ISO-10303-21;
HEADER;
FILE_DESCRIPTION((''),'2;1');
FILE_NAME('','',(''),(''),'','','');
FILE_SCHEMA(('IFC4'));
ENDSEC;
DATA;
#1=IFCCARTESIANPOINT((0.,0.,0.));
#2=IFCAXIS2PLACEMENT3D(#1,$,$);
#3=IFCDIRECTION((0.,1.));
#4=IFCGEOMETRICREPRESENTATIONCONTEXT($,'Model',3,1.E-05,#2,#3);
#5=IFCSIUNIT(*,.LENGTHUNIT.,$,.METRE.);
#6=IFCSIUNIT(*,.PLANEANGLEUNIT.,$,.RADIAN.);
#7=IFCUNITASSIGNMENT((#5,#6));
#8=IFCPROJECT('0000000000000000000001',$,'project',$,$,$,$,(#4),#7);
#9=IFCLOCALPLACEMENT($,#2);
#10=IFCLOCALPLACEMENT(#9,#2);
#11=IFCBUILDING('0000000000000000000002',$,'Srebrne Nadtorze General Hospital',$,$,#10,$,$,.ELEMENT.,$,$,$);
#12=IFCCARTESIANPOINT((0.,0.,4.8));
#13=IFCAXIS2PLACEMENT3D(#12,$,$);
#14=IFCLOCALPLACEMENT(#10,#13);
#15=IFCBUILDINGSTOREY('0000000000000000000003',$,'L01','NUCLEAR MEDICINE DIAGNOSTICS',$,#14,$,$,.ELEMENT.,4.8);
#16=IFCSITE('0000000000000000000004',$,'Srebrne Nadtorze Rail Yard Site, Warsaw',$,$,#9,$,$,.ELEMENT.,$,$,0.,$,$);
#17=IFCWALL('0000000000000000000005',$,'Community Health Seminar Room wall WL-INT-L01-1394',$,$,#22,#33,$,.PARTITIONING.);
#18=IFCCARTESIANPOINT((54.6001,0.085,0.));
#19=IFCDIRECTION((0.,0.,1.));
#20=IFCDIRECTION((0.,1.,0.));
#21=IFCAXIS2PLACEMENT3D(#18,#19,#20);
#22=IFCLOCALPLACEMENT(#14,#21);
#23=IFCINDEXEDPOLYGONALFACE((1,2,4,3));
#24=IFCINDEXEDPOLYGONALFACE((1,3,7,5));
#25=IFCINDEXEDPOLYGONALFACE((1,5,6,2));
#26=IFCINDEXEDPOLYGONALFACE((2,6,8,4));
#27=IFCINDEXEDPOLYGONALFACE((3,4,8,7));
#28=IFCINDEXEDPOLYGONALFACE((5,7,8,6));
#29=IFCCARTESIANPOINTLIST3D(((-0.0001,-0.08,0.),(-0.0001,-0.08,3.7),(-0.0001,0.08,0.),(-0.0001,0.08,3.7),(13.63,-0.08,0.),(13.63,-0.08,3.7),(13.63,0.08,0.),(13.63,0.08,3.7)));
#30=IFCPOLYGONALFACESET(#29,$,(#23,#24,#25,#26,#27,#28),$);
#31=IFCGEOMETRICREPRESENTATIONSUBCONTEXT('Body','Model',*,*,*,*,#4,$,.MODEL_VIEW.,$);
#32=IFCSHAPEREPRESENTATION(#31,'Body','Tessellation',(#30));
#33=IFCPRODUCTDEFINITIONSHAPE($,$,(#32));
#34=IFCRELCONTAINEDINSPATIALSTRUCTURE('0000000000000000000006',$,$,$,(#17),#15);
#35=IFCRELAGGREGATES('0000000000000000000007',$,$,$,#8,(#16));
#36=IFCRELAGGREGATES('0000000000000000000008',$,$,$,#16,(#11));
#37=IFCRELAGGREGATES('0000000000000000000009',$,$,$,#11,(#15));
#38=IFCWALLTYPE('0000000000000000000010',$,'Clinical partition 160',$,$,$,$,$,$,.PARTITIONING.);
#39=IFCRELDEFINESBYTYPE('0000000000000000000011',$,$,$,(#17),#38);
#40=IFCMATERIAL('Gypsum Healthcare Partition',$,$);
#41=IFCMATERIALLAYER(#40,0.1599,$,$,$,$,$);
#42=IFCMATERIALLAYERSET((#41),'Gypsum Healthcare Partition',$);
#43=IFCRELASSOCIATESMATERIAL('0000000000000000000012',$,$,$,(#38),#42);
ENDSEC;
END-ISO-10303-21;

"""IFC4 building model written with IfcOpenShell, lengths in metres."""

from ifc_helpers import new_model, si_unit, direction, frame, frame_2d, origin, place, context, subcontext, project, spatial, rectangle, extrude, material, layer, layer_set, type_object, element, save


model = new_model("IFC4")

# Units and contexts
model_context = context("Model", 3, precision=1e-05, world=origin(), true_north=direction((0.0, 1.0)))
body_context = subcontext(model_context, "Body", "Model", "MODEL_VIEW")
ifc_project = project(units=[si_unit("LENGTHUNIT", "METRE"), si_unit("PLANEANGLEUNIT", "RADIAN")], contexts=[model_context])

# Site, building, storey
site_placement = place(None, origin())
site = spatial("IfcSite", under=ifc_project, at=site_placement, Name="Srebrne Nadtorze Rail Yard Site, Warsaw", CompositionType="ELEMENT", RefElevation=0.0)
building_placement = place(site_placement, origin())
building = spatial("IfcBuilding", under=site, at=building_placement, Name="Srebrne Nadtorze General Hospital", CompositionType="ELEMENT")
storey_placement = place(building_placement, frame((0.0, 0.0, 4.8)))
storey = spatial("IfcBuildingStorey", under=building, at=storey_placement, Name="L01", Description="NUCLEAR MEDICINE DIAGNOSTICS", CompositionType="ELEMENT", Elevation=4.8)

# Shared definitions
ifc_material_1 = material(Name="Gypsum Healthcare Partition")
ifc_layer_1 = layer(ifc_material_1, 0.1599)
ifc_layer_set_1 = layer_set([ifc_layer_1], Name="Gypsum Healthcare Partition")
wall_type_1 = type_object("IfcWallType", Name="Clinical partition 160", PredefinedType="PARTITIONING", material=ifc_layer_set_1)

# Wall
wall_1_placement = place(storey_placement, frame((54.6001, 0.085, 0.0), z_axis=(0.0, 0.0, 1.0), x_axis=(0.0, 1.0, 0.0)))
element("IfcWall", 1, at=wall_1_placement, inside=storey, type_object=wall_type_1, Name="Community Health Seminar Room wall WL-INT-L01-1394", PredefinedType="PARTITIONING", context=body_context, shape_type="SweptSolid", body=[
    extrude(rectangle(XDim=13.6301, YDim=0.1599, at=frame_2d((6.8149, 0.0))), origin(), (0.0, 0.0, 1.0), 3.7),
])

save(model, "model.ifc")
